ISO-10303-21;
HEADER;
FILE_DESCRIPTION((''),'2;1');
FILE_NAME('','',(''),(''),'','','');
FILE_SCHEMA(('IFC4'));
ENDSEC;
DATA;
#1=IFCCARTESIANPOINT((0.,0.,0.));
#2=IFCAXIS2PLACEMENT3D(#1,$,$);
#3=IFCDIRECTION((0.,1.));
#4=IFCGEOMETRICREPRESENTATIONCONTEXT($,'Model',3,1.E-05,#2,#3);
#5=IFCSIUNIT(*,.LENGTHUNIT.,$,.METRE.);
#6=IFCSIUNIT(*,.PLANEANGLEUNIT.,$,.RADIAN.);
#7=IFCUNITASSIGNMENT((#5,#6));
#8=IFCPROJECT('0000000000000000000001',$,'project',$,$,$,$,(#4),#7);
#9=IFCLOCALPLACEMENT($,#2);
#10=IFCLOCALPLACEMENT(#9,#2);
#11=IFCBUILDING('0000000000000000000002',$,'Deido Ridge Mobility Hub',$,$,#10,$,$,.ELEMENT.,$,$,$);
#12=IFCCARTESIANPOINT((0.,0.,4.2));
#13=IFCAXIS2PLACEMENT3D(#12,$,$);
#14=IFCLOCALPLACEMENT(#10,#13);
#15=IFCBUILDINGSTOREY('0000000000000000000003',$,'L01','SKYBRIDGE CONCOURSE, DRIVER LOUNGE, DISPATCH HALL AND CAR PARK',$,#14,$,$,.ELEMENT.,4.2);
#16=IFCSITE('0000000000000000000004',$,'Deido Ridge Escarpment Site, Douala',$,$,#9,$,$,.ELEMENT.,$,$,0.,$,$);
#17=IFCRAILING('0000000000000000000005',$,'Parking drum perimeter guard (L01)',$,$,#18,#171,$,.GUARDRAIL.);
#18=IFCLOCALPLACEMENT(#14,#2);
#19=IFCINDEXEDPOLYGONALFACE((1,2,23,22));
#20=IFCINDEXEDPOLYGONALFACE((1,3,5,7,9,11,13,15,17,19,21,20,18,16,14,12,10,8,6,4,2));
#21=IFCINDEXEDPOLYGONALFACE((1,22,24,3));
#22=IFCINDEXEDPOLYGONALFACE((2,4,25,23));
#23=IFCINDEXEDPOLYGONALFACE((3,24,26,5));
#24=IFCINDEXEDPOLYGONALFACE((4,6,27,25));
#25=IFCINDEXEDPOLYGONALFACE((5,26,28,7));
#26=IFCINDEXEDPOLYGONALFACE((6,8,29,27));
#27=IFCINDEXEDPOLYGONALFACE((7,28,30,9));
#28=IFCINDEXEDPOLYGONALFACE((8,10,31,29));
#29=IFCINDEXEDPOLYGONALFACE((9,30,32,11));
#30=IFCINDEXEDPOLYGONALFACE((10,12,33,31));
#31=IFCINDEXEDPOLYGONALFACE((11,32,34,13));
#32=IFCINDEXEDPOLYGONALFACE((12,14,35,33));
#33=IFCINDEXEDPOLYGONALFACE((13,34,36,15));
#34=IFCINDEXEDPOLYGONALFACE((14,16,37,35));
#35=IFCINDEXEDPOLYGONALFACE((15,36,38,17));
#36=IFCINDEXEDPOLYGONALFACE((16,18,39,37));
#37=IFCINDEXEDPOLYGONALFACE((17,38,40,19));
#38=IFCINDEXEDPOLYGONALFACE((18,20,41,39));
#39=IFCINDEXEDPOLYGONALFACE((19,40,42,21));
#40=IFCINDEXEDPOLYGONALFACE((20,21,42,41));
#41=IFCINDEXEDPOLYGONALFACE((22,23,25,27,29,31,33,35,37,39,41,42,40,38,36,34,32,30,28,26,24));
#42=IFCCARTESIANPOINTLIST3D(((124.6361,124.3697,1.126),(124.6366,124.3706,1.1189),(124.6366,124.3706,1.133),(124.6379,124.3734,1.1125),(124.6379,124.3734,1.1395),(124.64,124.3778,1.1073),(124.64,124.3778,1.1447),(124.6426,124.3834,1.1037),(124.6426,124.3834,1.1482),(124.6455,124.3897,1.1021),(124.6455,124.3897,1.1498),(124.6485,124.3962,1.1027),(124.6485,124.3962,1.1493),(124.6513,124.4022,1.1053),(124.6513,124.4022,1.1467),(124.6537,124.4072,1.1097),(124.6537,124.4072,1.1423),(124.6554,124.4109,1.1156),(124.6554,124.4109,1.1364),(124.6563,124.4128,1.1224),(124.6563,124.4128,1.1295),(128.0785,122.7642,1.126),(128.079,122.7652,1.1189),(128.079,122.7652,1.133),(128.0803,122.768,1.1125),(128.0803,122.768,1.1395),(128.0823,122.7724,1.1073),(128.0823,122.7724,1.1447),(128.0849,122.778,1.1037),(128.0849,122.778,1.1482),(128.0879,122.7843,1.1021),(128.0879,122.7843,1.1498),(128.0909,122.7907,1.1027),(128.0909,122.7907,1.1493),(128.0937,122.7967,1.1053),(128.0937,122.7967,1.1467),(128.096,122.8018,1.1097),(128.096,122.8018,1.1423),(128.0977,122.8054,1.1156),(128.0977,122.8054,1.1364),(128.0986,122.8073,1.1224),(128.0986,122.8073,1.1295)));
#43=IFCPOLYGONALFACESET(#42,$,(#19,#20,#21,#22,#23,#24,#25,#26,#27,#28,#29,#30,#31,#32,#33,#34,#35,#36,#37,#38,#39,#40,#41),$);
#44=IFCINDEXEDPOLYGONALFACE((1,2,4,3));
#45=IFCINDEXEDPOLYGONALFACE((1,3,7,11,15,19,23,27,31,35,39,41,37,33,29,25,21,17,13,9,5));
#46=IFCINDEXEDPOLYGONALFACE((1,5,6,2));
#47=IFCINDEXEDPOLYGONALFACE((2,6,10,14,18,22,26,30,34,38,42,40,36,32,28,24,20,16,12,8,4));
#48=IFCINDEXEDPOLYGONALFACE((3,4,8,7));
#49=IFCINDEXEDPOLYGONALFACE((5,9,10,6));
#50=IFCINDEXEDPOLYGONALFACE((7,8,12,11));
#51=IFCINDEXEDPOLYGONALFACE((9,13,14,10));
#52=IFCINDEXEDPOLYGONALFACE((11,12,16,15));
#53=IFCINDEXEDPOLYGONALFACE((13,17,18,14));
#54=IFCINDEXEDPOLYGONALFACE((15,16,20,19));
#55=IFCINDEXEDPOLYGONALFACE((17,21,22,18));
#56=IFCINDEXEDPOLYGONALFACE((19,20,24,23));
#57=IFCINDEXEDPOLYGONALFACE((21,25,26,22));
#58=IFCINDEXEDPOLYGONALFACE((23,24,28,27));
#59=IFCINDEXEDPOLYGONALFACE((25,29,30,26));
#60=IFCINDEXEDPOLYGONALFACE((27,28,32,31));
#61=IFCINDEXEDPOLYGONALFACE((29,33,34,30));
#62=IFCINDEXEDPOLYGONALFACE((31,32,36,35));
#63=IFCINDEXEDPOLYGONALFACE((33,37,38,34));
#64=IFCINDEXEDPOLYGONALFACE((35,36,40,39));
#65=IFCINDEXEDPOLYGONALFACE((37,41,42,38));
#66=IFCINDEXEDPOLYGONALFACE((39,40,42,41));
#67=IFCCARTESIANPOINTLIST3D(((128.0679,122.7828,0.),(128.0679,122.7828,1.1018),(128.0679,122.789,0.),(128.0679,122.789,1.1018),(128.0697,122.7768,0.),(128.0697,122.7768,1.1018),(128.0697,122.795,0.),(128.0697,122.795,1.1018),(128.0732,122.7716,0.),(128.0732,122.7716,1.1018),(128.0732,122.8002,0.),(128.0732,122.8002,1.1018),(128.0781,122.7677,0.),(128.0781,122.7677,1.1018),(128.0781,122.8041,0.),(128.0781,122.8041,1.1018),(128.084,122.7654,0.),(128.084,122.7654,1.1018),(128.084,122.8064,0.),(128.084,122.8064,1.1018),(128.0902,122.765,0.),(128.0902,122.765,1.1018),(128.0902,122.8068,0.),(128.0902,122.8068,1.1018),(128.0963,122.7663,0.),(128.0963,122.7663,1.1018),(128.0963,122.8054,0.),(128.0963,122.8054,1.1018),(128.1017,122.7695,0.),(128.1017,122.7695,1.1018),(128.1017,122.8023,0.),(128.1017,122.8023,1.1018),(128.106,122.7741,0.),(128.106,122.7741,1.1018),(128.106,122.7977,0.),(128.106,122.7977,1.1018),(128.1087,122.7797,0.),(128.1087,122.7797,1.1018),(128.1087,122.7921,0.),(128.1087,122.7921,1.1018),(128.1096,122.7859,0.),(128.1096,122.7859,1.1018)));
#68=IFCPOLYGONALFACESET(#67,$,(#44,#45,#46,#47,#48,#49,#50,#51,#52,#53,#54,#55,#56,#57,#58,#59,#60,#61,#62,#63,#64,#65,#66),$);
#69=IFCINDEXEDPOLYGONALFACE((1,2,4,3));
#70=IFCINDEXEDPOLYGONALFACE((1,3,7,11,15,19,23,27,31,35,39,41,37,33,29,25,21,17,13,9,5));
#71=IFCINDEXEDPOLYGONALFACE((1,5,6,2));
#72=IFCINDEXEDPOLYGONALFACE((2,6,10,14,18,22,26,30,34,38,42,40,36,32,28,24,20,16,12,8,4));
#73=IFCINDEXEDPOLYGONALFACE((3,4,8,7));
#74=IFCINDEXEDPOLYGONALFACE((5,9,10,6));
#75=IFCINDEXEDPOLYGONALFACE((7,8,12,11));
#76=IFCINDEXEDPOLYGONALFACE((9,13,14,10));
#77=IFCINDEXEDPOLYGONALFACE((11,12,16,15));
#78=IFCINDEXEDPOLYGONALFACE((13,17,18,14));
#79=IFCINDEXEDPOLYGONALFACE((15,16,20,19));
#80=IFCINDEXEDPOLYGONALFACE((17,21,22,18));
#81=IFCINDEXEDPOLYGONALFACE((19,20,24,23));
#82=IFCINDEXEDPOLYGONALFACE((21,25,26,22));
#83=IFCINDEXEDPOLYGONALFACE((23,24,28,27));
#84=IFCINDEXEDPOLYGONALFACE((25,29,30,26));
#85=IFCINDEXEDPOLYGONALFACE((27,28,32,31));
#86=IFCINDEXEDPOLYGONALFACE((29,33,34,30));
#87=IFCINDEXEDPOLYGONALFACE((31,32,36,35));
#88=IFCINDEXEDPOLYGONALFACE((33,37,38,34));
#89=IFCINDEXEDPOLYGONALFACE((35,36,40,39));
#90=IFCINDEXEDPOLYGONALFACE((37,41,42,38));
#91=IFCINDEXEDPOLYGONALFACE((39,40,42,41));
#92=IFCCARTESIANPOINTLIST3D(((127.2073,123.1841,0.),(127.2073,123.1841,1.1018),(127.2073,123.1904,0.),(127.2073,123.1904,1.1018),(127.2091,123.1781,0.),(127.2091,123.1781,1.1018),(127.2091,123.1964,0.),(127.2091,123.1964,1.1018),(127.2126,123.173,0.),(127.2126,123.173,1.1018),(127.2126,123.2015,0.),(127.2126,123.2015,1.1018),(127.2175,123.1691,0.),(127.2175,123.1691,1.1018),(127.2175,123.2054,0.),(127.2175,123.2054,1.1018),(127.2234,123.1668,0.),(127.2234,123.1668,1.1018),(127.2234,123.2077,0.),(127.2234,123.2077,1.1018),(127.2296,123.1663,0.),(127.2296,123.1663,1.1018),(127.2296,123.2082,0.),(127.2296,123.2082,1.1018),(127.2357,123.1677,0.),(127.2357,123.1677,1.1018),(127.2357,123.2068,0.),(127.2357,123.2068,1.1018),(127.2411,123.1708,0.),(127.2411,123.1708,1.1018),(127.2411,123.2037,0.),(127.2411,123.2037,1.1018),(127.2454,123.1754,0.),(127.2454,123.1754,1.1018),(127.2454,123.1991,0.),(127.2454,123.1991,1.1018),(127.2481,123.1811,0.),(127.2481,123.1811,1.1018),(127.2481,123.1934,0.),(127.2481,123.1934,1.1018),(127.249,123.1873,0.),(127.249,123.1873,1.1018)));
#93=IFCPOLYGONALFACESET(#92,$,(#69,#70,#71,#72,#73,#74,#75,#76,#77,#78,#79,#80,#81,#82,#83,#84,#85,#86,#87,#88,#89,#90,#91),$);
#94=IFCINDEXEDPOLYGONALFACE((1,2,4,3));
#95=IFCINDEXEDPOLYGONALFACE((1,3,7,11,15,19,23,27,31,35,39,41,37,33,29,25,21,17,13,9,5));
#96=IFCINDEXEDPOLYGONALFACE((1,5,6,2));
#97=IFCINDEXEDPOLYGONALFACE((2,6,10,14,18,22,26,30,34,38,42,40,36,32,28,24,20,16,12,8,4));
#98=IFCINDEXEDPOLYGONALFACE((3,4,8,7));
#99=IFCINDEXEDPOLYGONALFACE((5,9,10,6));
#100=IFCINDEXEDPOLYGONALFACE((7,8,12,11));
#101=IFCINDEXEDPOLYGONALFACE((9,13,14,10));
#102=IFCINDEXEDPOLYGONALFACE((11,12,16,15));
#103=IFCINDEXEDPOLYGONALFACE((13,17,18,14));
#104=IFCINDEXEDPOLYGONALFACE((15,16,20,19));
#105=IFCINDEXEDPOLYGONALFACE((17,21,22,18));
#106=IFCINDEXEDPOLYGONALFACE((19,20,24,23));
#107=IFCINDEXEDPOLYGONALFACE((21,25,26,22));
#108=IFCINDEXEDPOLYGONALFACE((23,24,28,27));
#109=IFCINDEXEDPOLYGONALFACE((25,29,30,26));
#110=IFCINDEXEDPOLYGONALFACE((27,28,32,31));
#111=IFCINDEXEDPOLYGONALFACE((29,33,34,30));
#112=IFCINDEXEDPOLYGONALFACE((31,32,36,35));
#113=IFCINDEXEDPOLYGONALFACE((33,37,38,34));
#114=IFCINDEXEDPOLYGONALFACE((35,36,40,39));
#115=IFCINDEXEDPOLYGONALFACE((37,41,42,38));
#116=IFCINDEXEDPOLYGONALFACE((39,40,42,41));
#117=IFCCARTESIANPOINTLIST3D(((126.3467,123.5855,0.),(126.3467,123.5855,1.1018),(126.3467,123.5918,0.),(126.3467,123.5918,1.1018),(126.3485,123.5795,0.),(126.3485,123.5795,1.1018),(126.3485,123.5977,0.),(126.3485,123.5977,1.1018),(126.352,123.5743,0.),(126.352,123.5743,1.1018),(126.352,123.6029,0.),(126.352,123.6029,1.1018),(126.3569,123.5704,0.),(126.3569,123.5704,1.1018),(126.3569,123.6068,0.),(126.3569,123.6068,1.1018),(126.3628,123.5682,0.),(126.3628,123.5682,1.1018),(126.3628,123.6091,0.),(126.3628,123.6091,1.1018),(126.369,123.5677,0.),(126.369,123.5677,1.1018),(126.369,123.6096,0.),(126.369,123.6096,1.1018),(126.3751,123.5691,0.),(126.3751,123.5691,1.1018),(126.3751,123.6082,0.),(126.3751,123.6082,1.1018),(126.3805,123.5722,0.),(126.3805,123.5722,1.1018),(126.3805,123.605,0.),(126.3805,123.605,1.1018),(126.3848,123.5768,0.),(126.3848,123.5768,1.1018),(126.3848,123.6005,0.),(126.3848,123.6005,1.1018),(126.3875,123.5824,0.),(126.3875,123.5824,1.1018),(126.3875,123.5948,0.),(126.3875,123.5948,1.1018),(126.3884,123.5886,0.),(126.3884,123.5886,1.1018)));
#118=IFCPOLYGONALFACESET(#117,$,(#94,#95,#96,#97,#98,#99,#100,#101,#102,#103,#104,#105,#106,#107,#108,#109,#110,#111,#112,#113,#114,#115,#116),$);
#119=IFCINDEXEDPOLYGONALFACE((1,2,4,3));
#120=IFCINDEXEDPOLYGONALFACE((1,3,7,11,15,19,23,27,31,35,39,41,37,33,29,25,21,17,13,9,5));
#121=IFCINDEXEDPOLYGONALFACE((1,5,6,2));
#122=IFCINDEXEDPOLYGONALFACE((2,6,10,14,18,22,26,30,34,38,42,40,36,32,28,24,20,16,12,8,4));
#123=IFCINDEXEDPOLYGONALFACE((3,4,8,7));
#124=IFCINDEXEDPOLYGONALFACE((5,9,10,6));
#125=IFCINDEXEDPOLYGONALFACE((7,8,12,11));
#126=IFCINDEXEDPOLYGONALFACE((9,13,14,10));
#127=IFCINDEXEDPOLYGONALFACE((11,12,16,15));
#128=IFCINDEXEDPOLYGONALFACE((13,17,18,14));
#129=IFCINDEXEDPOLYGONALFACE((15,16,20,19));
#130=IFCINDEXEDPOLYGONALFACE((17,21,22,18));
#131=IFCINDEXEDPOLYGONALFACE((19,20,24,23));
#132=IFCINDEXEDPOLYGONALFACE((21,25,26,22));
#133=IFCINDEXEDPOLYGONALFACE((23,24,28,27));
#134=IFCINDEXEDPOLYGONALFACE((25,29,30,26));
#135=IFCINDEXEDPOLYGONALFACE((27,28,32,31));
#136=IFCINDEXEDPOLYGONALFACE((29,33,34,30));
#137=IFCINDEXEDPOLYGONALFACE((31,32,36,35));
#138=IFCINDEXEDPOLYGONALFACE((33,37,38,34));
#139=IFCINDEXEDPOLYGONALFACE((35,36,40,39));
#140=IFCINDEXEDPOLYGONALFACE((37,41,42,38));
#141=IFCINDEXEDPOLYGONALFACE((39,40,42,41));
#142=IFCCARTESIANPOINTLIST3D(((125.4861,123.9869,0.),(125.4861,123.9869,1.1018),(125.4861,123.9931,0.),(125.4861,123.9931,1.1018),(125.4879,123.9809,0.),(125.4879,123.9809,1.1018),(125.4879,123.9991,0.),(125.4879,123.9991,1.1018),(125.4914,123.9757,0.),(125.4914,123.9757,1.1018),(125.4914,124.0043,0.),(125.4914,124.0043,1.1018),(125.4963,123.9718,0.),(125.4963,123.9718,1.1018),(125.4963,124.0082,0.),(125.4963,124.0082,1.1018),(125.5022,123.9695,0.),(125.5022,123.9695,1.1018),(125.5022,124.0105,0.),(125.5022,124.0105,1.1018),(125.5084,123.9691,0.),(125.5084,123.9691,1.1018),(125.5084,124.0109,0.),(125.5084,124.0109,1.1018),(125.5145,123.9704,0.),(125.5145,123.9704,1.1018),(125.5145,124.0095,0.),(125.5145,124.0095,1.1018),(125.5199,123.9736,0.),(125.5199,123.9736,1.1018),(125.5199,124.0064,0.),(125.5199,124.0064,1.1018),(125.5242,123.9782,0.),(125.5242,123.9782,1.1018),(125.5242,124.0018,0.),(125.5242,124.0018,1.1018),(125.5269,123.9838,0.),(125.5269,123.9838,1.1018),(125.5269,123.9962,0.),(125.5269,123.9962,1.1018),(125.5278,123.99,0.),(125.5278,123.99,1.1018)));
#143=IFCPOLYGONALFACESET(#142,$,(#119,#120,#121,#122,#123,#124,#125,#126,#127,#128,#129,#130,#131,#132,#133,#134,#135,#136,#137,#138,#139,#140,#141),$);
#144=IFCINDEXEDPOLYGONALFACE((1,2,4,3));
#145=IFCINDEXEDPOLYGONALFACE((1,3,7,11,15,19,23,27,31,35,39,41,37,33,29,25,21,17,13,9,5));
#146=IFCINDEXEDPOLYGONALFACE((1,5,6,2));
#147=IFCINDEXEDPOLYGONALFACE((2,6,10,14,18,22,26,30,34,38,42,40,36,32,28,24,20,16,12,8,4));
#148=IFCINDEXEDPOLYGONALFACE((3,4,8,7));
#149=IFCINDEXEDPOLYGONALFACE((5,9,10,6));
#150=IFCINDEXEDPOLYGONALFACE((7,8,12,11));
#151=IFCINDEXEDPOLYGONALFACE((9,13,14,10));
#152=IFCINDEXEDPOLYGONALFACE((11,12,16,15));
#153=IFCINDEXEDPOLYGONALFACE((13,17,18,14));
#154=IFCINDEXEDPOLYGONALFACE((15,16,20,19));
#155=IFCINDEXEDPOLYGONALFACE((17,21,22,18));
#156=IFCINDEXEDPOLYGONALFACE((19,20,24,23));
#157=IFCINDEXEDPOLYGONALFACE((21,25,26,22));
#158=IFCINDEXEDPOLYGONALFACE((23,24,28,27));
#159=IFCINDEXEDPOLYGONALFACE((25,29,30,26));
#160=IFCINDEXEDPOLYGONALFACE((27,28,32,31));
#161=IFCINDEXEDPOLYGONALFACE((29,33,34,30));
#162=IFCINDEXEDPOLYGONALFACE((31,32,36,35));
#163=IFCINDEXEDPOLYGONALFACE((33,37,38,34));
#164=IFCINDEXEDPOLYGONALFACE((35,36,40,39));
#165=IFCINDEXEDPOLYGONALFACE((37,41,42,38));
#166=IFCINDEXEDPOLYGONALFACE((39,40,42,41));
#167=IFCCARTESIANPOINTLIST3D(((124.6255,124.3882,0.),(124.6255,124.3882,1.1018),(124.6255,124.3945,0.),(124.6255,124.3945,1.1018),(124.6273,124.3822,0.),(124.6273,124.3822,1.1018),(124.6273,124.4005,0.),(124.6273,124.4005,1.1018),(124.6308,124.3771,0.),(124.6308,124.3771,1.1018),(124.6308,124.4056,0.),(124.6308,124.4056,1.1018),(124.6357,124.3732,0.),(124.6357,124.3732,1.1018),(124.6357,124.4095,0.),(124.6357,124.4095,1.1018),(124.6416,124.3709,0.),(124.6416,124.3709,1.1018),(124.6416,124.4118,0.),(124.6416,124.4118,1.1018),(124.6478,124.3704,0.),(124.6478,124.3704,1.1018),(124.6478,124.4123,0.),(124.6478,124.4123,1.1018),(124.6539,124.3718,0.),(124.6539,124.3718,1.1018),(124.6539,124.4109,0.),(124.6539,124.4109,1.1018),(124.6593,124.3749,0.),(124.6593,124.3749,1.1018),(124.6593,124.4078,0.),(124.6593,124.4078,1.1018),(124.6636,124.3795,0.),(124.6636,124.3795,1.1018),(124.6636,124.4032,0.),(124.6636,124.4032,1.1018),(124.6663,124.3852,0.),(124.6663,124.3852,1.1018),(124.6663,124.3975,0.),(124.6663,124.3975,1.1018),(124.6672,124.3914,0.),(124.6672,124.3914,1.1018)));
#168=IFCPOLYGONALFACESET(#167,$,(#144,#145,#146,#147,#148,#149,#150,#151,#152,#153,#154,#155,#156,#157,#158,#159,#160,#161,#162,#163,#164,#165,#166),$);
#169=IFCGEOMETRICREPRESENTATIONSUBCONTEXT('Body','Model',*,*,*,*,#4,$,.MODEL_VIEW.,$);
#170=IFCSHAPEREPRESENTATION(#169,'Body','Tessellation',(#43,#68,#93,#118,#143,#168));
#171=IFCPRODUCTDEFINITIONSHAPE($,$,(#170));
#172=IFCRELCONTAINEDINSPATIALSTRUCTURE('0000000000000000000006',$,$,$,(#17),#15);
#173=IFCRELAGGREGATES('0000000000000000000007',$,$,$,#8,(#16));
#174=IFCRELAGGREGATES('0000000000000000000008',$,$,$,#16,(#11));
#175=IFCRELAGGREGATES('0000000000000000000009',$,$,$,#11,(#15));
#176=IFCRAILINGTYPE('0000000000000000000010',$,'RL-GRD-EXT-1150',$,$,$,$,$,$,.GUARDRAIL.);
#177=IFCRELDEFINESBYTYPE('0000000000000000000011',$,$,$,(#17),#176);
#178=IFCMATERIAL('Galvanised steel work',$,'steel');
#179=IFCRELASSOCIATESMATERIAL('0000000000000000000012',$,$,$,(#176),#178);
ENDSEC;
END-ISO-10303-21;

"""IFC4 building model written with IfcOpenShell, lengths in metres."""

from ifc_helpers import new_model, si_unit, direction, frame, origin, origin_2d, place, context, subcontext, project, spatial, circle, extrude, material, type_object, element, save


model = new_model("IFC4")

# Units and contexts
model_context = context("Model", 3, precision=1e-05, world=origin(), true_north=direction((0.0, 1.0)))
body_context = subcontext(model_context, "Body", "Model", "MODEL_VIEW")
ifc_project = project(units=[si_unit("LENGTHUNIT", "METRE"), si_unit("PLANEANGLEUNIT", "RADIAN")], contexts=[model_context])

# Site, building, storey
site_placement = place(None, origin())
site = spatial("IfcSite", under=ifc_project, at=site_placement, Name="Deido Ridge Escarpment Site, Douala", CompositionType="ELEMENT", RefElevation=0.0)
building_placement = place(site_placement, origin())
building = spatial("IfcBuilding", under=site, at=building_placement, Name="Deido Ridge Mobility Hub", CompositionType="ELEMENT")
storey_placement = place(building_placement, frame((0.0, 0.0, 4.2)))
storey = spatial("IfcBuildingStorey", under=building, at=storey_placement, Name="L01", Description="SKYBRIDGE CONCOURSE, DRIVER LOUNGE, DISPATCH HALL AND CAR PARK", CompositionType="ELEMENT", Elevation=4.2)

# Railing
ifc_material_1 = material(Name="Galvanised steel work", Category="steel")
railing_type = type_object("IfcRailingType", Name="RL-GRD-EXT-1150", PredefinedType="GUARDRAIL", material=ifc_material_1)
railing_1_placement = place(storey_placement, frame((128.0886, 122.7859, 0.0)))
element("IfcRailing", 1, at=railing_1_placement, inside=storey, type_object=railing_type, Name="Parking drum perimeter guard (L01)", PredefinedType="GUARDRAIL", context=body_context, shape_type="SweptSolid", body=[
    extrude(circle(Radius=0.0239, at=origin_2d()), frame((0.0, 0.0, 1.126), z_axis=(-0.906282, 0.422674, 0.0), x_axis=(-0.422674, -0.906282, 0.0)), (0.0, 0.0, 1.0), 3.7983),
    extrude(circle(Radius=0.021, at=origin_2d()), origin(), (0.0, 0.0, 1.0), 1.1018),
    extrude(circle(Radius=0.021, at=origin_2d()), frame((-0.8606, 0.4014, 0.0)), (0.0, 0.0, 1.0), 1.1018),
    extrude(circle(Radius=0.021, at=origin_2d()), frame((-1.7212, 0.8027, 0.0)), (0.0, 0.0, 1.0), 1.1018),
    extrude(circle(Radius=0.021, at=origin_2d()), frame((-2.5818, 1.2041, 0.0)), (0.0, 0.0, 1.0), 1.1018),
    extrude(circle(Radius=0.021, at=origin_2d()), frame((-3.4424, 1.6055, 0.0)), (0.0, 0.0, 1.0), 1.1018),
])

save(model, "model.ifc")
